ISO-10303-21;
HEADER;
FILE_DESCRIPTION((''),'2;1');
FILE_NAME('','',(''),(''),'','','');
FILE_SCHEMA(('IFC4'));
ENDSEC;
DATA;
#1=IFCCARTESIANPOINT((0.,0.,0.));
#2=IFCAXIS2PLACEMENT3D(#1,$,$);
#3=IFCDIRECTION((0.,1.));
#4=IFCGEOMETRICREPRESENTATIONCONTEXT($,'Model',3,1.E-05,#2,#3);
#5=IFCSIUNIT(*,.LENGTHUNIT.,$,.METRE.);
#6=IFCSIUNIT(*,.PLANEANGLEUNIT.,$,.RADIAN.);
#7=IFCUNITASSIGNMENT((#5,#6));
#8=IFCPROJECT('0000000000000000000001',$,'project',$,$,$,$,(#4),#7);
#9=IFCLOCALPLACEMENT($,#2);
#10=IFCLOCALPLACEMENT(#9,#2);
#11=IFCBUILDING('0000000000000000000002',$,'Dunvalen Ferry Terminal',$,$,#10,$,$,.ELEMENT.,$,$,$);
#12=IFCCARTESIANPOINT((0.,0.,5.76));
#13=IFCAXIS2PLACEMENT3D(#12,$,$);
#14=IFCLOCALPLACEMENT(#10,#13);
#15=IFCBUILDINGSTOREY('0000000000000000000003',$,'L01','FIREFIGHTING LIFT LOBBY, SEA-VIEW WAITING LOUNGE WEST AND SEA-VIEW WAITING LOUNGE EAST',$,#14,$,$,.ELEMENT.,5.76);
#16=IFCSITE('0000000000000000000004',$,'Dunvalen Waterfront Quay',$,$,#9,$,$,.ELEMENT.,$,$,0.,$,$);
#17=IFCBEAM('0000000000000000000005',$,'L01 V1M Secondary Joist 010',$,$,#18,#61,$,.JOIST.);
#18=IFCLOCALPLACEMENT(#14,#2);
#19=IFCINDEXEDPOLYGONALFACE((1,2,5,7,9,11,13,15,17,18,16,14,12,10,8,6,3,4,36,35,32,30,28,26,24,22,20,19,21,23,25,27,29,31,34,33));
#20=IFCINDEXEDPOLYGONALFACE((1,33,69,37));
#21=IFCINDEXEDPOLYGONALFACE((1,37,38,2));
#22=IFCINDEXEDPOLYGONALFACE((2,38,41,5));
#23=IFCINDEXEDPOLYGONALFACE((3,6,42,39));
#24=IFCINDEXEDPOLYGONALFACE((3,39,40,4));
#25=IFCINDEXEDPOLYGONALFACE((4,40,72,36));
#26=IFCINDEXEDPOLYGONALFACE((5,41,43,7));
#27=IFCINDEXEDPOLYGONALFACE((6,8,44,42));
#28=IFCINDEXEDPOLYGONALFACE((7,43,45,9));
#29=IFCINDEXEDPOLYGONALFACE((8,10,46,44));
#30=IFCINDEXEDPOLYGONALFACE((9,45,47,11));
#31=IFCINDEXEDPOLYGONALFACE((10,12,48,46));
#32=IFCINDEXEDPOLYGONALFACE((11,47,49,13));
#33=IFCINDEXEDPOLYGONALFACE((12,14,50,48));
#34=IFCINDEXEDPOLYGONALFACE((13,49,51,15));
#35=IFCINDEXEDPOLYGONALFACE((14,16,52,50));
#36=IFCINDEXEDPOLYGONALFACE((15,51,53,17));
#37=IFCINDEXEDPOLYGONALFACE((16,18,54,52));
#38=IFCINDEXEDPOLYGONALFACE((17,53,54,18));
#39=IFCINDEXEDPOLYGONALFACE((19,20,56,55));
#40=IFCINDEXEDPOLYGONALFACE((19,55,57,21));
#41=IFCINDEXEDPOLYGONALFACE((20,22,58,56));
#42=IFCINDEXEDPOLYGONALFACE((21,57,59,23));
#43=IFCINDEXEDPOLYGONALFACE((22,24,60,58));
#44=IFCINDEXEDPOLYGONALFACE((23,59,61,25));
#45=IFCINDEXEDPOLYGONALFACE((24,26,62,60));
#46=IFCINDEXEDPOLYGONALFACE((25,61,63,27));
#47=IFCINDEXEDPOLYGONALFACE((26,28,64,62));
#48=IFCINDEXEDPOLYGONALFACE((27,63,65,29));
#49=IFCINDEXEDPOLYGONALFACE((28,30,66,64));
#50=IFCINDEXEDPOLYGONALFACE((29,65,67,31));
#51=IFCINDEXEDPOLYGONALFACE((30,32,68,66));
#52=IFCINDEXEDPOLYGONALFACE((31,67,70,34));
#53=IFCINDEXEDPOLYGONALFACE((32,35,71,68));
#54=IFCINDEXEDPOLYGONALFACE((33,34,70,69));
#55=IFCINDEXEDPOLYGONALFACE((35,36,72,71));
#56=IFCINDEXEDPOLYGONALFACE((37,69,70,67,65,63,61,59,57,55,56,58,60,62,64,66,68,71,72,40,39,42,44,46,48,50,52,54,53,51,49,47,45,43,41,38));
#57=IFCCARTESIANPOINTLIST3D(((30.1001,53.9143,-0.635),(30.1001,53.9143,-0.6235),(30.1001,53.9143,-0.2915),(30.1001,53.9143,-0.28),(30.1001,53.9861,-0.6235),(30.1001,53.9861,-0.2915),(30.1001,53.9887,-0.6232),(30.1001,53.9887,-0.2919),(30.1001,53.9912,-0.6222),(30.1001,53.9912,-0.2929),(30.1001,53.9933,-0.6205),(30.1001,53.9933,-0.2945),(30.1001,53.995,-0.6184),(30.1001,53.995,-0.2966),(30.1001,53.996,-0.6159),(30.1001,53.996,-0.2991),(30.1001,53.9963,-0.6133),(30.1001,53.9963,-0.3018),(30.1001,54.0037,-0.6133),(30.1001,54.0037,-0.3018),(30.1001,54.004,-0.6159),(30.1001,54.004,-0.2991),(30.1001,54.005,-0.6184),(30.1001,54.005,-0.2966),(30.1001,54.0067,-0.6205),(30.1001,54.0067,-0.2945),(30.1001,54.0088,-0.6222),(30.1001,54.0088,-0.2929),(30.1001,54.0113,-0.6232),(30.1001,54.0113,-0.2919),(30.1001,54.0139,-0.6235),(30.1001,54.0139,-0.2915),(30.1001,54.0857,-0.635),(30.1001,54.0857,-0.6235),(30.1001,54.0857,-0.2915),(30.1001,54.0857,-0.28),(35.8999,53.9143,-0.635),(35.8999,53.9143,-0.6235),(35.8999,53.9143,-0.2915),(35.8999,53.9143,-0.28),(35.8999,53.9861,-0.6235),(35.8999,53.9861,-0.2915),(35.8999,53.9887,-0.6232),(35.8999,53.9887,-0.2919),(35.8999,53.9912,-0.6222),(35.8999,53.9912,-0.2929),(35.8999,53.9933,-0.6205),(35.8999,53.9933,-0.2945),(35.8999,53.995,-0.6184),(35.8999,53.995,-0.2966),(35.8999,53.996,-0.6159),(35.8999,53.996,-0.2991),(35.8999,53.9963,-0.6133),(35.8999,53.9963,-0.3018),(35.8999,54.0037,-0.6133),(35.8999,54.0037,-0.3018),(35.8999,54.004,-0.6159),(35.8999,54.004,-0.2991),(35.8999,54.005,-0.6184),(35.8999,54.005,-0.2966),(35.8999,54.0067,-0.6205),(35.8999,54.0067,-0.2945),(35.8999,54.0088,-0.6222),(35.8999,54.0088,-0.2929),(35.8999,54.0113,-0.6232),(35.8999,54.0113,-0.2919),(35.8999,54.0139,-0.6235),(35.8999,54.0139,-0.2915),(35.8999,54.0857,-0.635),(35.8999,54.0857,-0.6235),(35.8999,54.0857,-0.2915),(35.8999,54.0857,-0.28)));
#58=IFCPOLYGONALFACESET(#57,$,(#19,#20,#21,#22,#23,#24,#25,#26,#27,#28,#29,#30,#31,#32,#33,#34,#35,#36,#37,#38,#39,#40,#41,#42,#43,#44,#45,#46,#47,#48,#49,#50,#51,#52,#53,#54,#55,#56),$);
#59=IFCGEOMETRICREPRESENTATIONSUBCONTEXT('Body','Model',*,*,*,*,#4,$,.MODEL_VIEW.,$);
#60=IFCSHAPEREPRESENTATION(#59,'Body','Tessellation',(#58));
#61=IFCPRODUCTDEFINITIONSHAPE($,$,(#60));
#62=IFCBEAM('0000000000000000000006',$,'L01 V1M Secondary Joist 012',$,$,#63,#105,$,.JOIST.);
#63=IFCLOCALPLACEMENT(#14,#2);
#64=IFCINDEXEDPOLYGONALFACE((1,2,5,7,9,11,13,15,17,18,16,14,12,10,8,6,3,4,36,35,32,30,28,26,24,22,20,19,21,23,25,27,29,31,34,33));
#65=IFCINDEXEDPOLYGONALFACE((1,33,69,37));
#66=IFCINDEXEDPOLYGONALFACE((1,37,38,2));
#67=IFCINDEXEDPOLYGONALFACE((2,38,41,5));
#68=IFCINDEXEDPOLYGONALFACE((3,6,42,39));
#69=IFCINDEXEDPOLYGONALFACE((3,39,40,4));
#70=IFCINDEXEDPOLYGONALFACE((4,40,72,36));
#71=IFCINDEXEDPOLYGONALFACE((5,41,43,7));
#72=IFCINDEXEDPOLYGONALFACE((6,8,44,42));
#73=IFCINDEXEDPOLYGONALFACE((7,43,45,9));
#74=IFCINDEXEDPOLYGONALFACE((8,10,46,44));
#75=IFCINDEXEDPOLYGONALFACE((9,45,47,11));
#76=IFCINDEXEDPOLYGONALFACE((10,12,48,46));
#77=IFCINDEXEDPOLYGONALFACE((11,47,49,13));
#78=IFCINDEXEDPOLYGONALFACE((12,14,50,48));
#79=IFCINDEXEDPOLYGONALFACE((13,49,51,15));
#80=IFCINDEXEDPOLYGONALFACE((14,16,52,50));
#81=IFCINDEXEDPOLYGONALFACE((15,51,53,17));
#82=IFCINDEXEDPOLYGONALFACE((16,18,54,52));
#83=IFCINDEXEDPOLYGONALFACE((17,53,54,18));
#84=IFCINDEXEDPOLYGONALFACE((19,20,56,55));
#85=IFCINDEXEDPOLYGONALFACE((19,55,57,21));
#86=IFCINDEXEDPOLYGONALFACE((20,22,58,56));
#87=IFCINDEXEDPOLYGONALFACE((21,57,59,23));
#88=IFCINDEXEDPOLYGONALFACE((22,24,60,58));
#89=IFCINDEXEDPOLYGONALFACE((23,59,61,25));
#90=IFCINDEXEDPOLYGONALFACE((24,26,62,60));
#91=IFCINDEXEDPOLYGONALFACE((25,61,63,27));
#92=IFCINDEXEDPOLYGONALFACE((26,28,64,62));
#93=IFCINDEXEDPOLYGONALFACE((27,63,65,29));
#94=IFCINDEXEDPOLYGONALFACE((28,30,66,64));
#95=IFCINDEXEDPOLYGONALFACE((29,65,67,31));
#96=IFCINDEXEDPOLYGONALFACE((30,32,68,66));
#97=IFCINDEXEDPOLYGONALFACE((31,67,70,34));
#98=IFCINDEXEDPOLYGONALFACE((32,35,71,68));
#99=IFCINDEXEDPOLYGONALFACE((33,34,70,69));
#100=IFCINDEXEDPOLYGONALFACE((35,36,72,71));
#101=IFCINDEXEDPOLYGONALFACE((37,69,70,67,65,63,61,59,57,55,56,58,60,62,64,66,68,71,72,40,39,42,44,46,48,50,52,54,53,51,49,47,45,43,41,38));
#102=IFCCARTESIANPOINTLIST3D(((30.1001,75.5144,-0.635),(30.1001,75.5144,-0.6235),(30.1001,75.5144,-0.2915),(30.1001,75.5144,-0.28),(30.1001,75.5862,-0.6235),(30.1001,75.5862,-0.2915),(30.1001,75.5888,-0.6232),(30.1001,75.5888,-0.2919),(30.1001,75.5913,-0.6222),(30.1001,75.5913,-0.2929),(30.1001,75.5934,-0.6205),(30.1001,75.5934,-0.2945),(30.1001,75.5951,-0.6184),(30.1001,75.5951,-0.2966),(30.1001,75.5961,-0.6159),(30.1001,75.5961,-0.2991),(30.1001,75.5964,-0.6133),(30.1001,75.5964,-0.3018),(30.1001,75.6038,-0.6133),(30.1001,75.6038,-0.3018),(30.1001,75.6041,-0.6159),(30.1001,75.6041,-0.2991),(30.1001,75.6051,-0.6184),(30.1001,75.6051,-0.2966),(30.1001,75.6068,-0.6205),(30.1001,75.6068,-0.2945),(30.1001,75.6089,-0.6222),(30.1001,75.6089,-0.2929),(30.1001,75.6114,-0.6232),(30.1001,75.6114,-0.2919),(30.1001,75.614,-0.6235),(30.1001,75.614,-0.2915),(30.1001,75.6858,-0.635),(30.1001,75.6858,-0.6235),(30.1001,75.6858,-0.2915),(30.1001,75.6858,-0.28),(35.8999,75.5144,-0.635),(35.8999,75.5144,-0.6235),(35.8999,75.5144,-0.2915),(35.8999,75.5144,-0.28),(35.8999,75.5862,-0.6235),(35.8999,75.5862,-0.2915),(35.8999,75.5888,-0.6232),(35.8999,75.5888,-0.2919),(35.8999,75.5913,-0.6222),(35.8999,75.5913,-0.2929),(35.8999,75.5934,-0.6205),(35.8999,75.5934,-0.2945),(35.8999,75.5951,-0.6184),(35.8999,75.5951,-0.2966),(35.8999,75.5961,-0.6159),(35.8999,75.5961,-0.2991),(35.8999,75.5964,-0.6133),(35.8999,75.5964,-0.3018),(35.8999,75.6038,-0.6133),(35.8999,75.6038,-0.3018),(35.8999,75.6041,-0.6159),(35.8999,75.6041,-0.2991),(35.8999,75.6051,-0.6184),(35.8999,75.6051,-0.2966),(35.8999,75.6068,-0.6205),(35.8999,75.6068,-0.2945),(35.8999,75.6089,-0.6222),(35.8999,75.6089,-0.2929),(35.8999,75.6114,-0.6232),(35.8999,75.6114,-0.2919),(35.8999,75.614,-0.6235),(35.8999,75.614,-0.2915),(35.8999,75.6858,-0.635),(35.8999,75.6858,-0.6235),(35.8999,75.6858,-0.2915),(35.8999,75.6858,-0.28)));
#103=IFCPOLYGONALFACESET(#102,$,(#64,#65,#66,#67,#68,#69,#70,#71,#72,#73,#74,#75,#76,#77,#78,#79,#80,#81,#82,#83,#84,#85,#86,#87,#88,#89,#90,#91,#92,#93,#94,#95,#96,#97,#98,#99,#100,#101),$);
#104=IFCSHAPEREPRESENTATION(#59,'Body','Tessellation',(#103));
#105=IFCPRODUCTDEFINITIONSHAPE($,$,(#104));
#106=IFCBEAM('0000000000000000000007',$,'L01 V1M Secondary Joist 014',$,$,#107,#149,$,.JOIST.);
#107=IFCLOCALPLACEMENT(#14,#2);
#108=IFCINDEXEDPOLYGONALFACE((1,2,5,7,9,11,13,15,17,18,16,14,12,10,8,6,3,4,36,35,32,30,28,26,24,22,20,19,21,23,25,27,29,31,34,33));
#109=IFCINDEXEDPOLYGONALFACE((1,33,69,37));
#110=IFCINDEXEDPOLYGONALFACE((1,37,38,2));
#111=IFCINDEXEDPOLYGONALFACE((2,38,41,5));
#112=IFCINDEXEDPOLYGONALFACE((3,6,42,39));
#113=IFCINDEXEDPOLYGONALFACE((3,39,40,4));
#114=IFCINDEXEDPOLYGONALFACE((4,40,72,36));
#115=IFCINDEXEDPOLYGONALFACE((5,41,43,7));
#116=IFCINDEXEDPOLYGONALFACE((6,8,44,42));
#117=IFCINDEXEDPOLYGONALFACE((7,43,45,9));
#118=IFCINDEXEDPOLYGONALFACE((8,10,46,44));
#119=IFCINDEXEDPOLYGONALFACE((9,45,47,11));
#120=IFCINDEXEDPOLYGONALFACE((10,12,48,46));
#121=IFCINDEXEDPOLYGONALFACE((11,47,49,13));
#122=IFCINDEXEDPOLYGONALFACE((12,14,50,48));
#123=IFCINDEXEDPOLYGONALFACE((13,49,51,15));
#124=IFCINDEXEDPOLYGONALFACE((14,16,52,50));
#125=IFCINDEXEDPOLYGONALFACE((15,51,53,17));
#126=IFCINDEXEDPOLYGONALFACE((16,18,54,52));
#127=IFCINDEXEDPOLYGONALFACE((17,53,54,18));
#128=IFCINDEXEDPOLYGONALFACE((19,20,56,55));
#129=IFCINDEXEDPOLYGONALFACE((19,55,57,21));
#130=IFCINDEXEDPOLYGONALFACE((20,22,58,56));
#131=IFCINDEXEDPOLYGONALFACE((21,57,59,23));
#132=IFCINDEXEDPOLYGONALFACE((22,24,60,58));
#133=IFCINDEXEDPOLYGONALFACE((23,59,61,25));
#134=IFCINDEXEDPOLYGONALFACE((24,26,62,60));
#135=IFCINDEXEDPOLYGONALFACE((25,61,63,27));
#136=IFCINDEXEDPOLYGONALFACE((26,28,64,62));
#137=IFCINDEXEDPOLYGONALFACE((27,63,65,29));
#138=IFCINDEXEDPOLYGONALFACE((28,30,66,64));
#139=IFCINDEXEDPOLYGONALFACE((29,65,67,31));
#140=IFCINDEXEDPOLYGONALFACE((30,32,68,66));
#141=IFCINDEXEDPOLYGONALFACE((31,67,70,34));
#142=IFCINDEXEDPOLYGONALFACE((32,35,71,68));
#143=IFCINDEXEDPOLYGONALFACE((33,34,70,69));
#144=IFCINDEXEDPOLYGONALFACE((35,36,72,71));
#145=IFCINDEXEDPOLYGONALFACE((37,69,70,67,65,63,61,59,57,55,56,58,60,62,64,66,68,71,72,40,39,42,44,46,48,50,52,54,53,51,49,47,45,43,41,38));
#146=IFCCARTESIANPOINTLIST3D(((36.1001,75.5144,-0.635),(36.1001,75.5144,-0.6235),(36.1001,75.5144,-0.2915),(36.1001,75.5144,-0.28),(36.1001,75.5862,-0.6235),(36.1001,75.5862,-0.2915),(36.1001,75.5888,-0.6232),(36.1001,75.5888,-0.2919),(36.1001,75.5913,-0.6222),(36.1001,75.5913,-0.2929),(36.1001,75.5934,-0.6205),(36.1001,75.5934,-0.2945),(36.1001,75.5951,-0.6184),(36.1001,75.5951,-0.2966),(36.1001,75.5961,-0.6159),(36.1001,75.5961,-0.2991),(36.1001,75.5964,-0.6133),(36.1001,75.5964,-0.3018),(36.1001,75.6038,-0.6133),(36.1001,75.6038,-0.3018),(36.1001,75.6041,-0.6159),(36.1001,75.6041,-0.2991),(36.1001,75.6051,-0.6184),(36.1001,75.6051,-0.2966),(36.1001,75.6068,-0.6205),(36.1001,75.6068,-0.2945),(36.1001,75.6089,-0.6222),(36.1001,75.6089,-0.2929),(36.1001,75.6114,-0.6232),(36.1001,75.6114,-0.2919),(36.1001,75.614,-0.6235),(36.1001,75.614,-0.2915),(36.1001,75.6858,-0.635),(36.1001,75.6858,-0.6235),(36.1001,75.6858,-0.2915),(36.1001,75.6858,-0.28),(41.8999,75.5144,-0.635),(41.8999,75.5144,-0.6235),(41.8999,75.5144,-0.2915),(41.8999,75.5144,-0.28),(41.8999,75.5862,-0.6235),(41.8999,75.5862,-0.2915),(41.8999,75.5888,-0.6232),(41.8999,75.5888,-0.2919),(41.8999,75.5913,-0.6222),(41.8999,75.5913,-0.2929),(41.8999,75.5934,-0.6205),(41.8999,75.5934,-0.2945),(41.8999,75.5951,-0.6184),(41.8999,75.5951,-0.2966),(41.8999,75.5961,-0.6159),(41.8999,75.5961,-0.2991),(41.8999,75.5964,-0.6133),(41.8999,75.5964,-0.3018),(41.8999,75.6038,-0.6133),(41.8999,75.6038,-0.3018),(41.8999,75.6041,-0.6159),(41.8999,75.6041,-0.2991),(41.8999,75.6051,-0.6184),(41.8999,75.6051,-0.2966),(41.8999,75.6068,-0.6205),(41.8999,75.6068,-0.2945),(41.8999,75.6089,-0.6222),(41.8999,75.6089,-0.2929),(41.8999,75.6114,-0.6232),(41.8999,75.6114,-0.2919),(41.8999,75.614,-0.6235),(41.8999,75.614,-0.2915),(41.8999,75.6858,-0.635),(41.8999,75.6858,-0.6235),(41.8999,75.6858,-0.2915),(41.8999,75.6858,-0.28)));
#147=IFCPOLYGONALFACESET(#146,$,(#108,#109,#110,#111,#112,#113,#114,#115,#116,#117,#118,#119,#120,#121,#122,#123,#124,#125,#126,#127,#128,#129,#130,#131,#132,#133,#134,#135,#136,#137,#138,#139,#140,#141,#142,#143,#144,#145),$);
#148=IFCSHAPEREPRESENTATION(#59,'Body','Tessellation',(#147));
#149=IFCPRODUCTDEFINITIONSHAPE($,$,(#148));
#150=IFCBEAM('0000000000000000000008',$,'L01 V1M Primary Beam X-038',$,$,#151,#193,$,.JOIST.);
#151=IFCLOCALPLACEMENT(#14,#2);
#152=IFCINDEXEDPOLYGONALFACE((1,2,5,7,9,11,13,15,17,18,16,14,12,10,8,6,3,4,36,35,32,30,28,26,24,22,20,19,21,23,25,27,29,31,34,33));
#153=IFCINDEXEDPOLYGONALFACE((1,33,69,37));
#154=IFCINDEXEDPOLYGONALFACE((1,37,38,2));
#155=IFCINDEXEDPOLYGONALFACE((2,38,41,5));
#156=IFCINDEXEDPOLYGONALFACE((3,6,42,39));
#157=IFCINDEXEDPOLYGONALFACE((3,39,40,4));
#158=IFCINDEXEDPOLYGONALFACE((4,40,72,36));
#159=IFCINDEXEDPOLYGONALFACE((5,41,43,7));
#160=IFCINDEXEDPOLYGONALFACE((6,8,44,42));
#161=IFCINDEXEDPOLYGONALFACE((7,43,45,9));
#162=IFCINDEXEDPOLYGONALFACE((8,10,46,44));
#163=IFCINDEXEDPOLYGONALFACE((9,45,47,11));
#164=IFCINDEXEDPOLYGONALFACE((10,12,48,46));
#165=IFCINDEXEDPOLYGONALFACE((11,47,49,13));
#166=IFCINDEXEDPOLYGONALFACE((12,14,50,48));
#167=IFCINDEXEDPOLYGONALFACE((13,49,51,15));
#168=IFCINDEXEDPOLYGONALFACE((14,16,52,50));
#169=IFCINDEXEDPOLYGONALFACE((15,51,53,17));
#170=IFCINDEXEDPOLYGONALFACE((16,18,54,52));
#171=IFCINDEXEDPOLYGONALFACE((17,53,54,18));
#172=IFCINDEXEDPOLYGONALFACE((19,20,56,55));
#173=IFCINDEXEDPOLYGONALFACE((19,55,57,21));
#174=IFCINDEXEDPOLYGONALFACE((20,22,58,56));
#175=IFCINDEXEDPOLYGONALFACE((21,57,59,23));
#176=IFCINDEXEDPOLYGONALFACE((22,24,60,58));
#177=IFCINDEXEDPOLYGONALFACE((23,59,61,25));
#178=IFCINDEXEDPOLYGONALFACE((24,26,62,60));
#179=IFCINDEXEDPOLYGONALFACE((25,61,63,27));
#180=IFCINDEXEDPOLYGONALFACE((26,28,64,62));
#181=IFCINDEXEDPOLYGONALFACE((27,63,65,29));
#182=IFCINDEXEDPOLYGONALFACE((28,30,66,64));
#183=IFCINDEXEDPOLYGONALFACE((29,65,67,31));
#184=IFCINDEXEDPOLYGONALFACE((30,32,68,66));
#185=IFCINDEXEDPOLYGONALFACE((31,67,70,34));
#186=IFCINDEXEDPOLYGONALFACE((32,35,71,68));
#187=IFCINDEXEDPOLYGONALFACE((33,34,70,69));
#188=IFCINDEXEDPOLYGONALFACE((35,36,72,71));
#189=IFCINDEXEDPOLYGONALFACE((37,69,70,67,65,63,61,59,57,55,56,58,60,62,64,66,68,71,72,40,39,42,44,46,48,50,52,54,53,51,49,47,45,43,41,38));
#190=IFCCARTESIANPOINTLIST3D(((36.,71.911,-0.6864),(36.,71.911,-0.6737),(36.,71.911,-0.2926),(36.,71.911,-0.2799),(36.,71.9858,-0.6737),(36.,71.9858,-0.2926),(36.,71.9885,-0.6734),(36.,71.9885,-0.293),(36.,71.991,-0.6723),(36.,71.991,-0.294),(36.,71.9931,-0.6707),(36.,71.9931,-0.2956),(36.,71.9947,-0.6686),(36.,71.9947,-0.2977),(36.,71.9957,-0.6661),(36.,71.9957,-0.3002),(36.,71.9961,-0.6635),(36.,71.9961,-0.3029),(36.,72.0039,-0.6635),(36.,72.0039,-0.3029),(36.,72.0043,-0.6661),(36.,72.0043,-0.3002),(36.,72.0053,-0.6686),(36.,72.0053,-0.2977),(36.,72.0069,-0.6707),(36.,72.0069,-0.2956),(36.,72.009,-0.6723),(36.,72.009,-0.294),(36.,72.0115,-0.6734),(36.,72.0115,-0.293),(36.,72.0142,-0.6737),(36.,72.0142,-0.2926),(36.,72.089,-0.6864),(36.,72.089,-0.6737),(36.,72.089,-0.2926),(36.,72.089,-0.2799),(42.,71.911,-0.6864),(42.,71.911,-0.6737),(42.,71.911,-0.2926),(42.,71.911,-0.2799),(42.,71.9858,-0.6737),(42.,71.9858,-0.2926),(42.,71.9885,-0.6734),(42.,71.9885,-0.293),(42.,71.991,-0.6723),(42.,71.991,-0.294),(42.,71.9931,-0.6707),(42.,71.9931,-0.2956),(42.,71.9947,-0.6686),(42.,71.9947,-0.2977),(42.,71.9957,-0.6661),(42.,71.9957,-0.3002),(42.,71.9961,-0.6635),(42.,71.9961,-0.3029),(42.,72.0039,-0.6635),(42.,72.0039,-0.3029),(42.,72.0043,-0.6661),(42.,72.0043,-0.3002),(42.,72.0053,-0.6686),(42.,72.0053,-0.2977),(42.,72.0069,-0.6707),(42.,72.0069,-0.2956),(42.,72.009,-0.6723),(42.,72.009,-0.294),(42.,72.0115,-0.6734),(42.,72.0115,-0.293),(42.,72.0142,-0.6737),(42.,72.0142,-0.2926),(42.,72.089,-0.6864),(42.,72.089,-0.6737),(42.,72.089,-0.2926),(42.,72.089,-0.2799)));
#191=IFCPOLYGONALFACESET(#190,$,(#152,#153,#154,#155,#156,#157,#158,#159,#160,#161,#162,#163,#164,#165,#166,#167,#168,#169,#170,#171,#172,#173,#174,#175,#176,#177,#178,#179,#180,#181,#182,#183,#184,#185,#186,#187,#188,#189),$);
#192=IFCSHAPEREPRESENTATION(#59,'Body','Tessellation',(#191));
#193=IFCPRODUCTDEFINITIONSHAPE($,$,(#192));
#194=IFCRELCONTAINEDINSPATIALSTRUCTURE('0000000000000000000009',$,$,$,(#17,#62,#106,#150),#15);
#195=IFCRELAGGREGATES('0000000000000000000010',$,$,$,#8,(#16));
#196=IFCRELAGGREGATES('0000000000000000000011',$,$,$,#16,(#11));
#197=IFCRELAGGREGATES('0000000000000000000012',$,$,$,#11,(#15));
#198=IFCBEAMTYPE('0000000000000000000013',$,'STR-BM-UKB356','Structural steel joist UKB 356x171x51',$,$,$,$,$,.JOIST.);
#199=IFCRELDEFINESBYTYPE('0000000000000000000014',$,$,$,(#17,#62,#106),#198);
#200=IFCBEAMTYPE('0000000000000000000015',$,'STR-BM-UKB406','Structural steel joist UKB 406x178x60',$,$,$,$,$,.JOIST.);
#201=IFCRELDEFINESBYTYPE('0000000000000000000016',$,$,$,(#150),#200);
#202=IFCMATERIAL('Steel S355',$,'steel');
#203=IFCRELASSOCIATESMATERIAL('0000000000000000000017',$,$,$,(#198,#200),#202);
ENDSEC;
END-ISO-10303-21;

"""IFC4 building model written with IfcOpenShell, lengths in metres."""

from ifc_helpers import new_model, si_unit, direction, frame, origin, origin_2d, place, context, subcontext, project, spatial, i_section, extrude, material, material_profile, profile_set, type_object, element, save


model = new_model("IFC4")

# Units and contexts
model_context = context("Model", 3, precision=1e-05, world=origin(), true_north=direction((0.0, 1.0)))
body_context = subcontext(model_context, "Body", "Model", "MODEL_VIEW")
ifc_project = project(units=[si_unit("LENGTHUNIT", "METRE"), si_unit("PLANEANGLEUNIT", "RADIAN")], contexts=[model_context])

# Site, building, storey
site_placement = place(None, origin())
site = spatial("IfcSite", under=ifc_project, at=site_placement, Name="Dunvalen Waterfront Quay", CompositionType="ELEMENT", RefElevation=0.0)
building_placement = place(site_placement, origin())
building = spatial("IfcBuilding", under=site, at=building_placement, Name="Dunvalen Ferry Terminal", CompositionType="ELEMENT")
storey_placement = place(building_placement, frame((0.0, 0.0, 5.76)))
storey = spatial("IfcBuildingStorey", under=building, at=storey_placement, Name="L01", Description="FIREFIGHTING LIFT LOBBY, SEA-VIEW WAITING LOUNGE WEST AND SEA-VIEW WAITING LOUNGE EAST", CompositionType="ELEMENT", Elevation=5.76)

# Beams
ifc_material_1 = material(Name="Steel S355", Category="steel")
ifc_material_profile_1 = material_profile(ifc_material_1, i_section(OverallWidth=0.1714, OverallDepth=0.355, WebThickness=0.0073, FlangeThickness=0.0115, FilletRadius=0.0103, at=origin_2d()), Name="Steel S355")
ifc_profile_set_1 = profile_set([ifc_material_profile_1], Name="Steel S355")
beam_type_1 = type_object("IfcBeamType", Name="STR-BM-UKB356", Description="Structural steel joist UKB 356x171x51", PredefinedType="JOIST", material=ifc_profile_set_1)
for number, where, z_axis, x_axis, name in (
    (1, (30.1001, 54.0, -0.4575), (1.0, 0.0, 0.0), (0.0, 1.0, 0.0), "L01 V1M Secondary Joist 010"),
    (2, (30.1001, 75.6001, -0.4575), (1.0, 0.0, 0.0), (0.0, 1.0, 0.0), "L01 V1M Secondary Joist 012"),
    (3, (36.1001, 75.6001, -0.4575), (1.0, 0.0, 0.0), (0.0, 1.0, 0.0), "L01 V1M Secondary Joist 014"),
):
    element("IfcBeam", number, at=place(storey_placement, frame(where, z_axis=z_axis, x_axis=x_axis)), inside=storey, type_object=beam_type_1, Name=name, PredefinedType="JOIST", context=body_context, shape_type="SweptSolid", body=[
        extrude(i_section(OverallWidth=0.1714, OverallDepth=0.355, WebThickness=0.0073, FlangeThickness=0.0115, FilletRadius=0.0103, at=origin_2d()), origin(), (0.0, 0.0, 1.0), 5.7998),
    ])
ifc_material_profile_2 = material_profile(ifc_material_1, i_section(OverallWidth=0.178, OverallDepth=0.4065, WebThickness=0.0078, FlangeThickness=0.0127, FilletRadius=0.0103, at=origin_2d()), Name="Steel S355")
ifc_profile_set_2 = profile_set([ifc_material_profile_2], Name="Steel S355")
beam_type_2 = type_object("IfcBeamType", Name="STR-BM-UKB406", Description="Structural steel joist UKB 406x178x60", PredefinedType="JOIST", material=ifc_profile_set_2)
for number, where, z_axis, x_axis, name in (
    (4, (36.0, 72.0, -0.4832), (1.0, 0.0, 0.0), (0.0, 1.0, 0.0), "L01 V1M Primary Beam X-038"),
):
    element("IfcBeam", number, at=place(storey_placement, frame(where, z_axis=z_axis, x_axis=x_axis)), inside=storey, type_object=beam_type_2, Name=name, PredefinedType="JOIST", context=body_context, shape_type="SweptSolid", body=[
        extrude(i_section(OverallWidth=0.178, OverallDepth=0.4065, WebThickness=0.0078, FlangeThickness=0.0127, FilletRadius=0.0103, at=origin_2d()), origin(), (0.0, 0.0, 1.0), 6.0),
    ])

save(model, "model.ifc")
